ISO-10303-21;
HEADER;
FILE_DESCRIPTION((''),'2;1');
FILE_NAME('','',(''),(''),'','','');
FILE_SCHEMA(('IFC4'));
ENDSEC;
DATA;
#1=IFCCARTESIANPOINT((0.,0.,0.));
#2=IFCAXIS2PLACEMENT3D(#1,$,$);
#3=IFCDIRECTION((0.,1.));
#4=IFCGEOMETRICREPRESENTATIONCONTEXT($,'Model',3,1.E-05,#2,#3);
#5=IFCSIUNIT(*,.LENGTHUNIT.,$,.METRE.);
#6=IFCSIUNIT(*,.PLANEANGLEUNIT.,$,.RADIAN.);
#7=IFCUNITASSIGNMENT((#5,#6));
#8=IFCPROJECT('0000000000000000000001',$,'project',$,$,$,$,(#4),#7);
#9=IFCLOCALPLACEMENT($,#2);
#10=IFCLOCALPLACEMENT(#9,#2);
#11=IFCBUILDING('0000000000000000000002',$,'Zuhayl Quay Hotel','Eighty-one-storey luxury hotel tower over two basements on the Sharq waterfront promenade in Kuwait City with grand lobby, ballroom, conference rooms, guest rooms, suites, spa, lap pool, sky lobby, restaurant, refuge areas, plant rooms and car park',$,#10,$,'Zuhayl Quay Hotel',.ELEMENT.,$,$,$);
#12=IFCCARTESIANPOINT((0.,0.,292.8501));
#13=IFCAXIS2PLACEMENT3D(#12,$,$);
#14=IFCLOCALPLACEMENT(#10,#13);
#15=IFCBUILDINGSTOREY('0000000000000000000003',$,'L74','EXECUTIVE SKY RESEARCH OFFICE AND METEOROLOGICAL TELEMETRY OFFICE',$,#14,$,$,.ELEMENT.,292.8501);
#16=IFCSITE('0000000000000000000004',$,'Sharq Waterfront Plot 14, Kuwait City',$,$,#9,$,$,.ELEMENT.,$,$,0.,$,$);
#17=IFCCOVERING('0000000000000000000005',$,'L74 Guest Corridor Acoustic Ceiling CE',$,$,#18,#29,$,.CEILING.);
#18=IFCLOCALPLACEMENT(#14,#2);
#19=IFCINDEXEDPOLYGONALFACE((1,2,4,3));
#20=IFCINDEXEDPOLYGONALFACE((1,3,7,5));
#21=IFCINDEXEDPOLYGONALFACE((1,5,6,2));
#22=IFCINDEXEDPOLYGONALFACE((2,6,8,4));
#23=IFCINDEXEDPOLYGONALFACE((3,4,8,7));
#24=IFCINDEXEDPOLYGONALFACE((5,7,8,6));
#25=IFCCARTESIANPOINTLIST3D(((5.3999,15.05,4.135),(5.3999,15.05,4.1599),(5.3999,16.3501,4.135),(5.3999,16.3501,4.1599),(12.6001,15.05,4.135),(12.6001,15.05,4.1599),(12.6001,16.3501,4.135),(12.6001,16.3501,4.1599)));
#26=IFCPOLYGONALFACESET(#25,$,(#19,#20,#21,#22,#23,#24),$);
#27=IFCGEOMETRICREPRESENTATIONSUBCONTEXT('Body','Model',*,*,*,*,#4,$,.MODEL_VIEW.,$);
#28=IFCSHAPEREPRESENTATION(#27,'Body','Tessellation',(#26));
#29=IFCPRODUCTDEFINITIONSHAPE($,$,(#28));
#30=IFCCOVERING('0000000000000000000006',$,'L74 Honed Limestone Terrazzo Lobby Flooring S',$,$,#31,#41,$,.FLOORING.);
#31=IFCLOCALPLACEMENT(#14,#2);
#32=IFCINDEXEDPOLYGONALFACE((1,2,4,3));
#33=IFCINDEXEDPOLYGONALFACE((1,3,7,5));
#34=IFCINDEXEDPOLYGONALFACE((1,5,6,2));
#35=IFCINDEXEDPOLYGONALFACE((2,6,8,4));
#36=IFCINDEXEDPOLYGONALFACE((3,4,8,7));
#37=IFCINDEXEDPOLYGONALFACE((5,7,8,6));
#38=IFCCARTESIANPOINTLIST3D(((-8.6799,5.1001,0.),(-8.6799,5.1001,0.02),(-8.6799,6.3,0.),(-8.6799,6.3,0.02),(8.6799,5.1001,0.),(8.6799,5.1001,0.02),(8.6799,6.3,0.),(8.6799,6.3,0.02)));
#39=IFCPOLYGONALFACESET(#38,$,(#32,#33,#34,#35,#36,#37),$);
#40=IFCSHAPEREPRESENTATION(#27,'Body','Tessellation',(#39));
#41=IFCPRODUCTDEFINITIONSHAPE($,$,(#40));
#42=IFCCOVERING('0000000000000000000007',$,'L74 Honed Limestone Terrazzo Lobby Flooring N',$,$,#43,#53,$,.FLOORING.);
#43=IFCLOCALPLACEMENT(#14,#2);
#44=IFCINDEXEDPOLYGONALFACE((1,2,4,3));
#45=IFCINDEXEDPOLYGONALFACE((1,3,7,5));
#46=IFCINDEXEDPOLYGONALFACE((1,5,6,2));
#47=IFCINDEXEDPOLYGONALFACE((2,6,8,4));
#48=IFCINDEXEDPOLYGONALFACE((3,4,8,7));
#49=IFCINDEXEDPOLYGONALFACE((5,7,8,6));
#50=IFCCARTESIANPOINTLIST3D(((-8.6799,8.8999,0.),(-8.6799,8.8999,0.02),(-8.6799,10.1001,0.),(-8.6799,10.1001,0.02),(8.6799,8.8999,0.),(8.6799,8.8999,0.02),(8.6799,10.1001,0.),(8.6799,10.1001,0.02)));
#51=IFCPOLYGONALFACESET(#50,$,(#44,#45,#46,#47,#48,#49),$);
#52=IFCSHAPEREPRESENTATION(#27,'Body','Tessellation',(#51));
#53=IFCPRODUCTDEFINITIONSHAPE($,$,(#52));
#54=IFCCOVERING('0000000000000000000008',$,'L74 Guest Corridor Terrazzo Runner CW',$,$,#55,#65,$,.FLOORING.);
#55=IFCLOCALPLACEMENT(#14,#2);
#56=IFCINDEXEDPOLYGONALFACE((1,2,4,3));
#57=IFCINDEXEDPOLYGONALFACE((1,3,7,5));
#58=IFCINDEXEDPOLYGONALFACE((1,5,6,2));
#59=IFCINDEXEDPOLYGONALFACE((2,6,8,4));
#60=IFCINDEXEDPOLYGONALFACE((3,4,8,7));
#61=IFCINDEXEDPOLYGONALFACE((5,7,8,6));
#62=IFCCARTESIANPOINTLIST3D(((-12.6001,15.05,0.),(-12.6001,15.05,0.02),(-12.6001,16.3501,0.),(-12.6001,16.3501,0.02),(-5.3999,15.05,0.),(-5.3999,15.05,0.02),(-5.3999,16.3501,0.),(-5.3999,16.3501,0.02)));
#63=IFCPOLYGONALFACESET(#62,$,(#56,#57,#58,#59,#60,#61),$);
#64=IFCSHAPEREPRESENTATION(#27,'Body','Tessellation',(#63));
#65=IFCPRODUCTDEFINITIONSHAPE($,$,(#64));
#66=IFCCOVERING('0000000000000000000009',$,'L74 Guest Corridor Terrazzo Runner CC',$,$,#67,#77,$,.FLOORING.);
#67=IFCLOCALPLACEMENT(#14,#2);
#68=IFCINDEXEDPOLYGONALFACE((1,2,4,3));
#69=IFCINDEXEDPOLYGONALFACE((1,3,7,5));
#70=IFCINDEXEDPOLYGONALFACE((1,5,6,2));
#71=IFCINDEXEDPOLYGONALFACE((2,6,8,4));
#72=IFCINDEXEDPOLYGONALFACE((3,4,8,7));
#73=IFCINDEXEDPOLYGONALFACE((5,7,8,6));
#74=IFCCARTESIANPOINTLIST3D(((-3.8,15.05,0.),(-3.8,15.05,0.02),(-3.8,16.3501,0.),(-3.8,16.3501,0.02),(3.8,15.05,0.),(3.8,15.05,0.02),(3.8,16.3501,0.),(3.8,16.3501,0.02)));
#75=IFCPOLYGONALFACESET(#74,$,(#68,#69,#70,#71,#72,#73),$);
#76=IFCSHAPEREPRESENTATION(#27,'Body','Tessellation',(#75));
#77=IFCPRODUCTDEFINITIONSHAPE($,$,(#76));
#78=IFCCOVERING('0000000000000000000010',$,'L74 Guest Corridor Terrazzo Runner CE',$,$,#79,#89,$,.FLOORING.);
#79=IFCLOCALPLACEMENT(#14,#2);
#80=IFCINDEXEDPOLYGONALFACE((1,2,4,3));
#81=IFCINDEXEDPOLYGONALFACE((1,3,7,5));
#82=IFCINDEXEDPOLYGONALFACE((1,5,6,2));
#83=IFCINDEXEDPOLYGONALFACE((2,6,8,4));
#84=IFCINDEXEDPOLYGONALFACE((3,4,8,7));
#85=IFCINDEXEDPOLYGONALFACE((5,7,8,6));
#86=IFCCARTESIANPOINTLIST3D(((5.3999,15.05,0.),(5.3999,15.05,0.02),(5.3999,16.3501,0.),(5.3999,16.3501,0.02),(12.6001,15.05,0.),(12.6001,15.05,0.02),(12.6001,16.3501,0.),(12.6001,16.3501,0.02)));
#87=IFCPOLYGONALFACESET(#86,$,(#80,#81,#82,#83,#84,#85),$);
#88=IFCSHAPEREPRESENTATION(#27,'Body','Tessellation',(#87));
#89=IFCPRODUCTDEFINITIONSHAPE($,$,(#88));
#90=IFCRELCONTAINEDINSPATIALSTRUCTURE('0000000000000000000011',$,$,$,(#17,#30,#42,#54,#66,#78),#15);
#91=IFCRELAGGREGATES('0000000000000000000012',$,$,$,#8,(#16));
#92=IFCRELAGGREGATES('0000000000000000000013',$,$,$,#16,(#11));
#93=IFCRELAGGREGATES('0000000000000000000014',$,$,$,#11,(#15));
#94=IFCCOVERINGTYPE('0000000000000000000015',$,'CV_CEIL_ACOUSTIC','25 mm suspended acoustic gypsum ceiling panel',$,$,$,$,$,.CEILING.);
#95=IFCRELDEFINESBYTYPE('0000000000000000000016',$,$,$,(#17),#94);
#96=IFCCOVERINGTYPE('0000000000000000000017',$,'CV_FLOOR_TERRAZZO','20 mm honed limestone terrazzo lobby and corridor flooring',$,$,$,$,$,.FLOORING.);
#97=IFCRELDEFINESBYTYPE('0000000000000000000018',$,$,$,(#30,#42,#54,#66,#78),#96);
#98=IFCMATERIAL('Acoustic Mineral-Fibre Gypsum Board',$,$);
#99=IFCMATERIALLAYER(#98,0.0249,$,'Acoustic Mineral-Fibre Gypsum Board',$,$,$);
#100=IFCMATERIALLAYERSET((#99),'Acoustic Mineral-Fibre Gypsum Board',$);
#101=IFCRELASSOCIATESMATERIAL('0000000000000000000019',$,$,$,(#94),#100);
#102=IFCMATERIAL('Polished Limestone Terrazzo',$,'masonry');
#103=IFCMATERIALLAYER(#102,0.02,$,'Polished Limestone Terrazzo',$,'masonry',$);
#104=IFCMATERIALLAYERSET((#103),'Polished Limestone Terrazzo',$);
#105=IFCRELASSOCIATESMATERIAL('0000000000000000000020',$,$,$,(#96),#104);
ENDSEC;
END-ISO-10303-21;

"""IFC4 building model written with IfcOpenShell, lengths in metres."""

from ifc_helpers import new_model, si_unit, direction, frame, origin, place, context, subcontext, project, spatial, polyline, outline, extrude, material, layer, layer_set, type_object, element, save


model = new_model("IFC4")

# Units and contexts
model_context = context("Model", 3, precision=1e-05, world=origin(), true_north=direction((0.0, 1.0)))
body_context = subcontext(model_context, "Body", "Model", "MODEL_VIEW")
ifc_project = project(units=[si_unit("LENGTHUNIT", "METRE"), si_unit("PLANEANGLEUNIT", "RADIAN")], contexts=[model_context])

# Site, building, storey
site_placement = place(None, origin())
site = spatial("IfcSite", under=ifc_project, at=site_placement, Name="Sharq Waterfront Plot 14, Kuwait City", CompositionType="ELEMENT", RefElevation=0.0)
building_placement = place(site_placement, origin())
building = spatial("IfcBuilding", under=site, at=building_placement, Name="Zuhayl Quay Hotel", Description="Eighty-one-storey luxury hotel tower over two basements on the Sharq waterfront promenade in Kuwait City with grand lobby, ballroom, conference rooms, guest rooms, suites, spa, lap pool, sky lobby, restaurant, refuge areas, plant rooms and car park", LongName="Zuhayl Quay Hotel", CompositionType="ELEMENT")
storey_placement = place(building_placement, frame((0.0, 0.0, 292.8501)))
storey = spatial("IfcBuildingStorey", under=building, at=storey_placement, Name="L74", Description="EXECUTIVE SKY RESEARCH OFFICE AND METEOROLOGICAL TELEMETRY OFFICE", CompositionType="ELEMENT", Elevation=292.8501)

# Coverings
ifc_material_1 = material(Name="Acoustic Mineral-Fibre Gypsum Board")
ifc_layer_1 = layer(ifc_material_1, 0.0249, Name="Acoustic Mineral-Fibre Gypsum Board")
ifc_layer_set_1 = layer_set([ifc_layer_1], Name="Acoustic Mineral-Fibre Gypsum Board")
covering_type_1 = type_object("IfcCoveringType", Name="CV_CEIL_ACOUSTIC", Description="25 mm suspended acoustic gypsum ceiling panel", PredefinedType="CEILING", material=ifc_layer_set_1)
covering_1_placement = place(storey_placement, frame((0.0, 0.0, 4.135)))
element("IfcCovering", 1, at=covering_1_placement, inside=storey, type_object=covering_type_1, Name="L74 Guest Corridor Acoustic Ceiling CE", PredefinedType="CEILING", context=body_context, shape_type="SweptSolid", body=[
    extrude(outline(polyline([(5.3999, 15.05), (12.6001, 15.05), (12.6001, 16.3501), (5.3999, 16.3501), (5.3999, 15.05)])), origin(), (0.0, 0.0, 1.0), 0.0249),
])
ifc_material_2 = material(Name="Polished Limestone Terrazzo", Category="masonry")
ifc_layer_2 = layer(ifc_material_2, 0.02, Name="Polished Limestone Terrazzo", Category="masonry")
ifc_layer_set_2 = layer_set([ifc_layer_2], Name="Polished Limestone Terrazzo")
covering_type_2 = type_object("IfcCoveringType", Name="CV_FLOOR_TERRAZZO", Description="20 mm honed limestone terrazzo lobby and corridor flooring", PredefinedType="FLOORING", material=ifc_layer_set_2)
covering_2_placement = place(storey_placement, origin())
element("IfcCovering", 2, at=covering_2_placement, inside=storey, type_object=covering_type_2, Name="L74 Honed Limestone Terrazzo Lobby Flooring S", PredefinedType="FLOORING", context=body_context, shape_type="SweptSolid", body=[
    extrude(outline(polyline([(-8.6799, 5.1001), (8.6799, 5.1001), (8.6799, 6.3), (-8.6799, 6.3), (-8.6799, 5.1001)])), origin(), (0.0, 0.0, 1.0), 0.02),
])
covering_3_placement = place(storey_placement, origin())
element("IfcCovering", 3, at=covering_3_placement, inside=storey, type_object=covering_type_2, Name="L74 Honed Limestone Terrazzo Lobby Flooring N", PredefinedType="FLOORING", context=body_context, shape_type="SweptSolid", body=[
    extrude(outline(polyline([(-8.6799, 8.8999), (8.6799, 8.8999), (8.6799, 10.1001), (-8.6799, 10.1001), (-8.6799, 8.8999)])), origin(), (0.0, 0.0, 1.0), 0.02),
])
covering_4_placement = place(storey_placement, origin())
element("IfcCovering", 4, at=covering_4_placement, inside=storey, type_object=covering_type_2, Name="L74 Guest Corridor Terrazzo Runner CW", PredefinedType="FLOORING", context=body_context, shape_type="SweptSolid", body=[
    extrude(outline(polyline([(-12.6001, 15.05), (-5.3999, 15.05), (-5.3999, 16.3501), (-12.6001, 16.3501), (-12.6001, 15.05)])), origin(), (0.0, 0.0, 1.0), 0.02),
])
covering_5_placement = place(storey_placement, origin())
element("IfcCovering", 5, at=covering_5_placement, inside=storey, type_object=covering_type_2, Name="L74 Guest Corridor Terrazzo Runner CC", PredefinedType="FLOORING", context=body_context, shape_type="SweptSolid", body=[
    extrude(outline(polyline([(-3.8, 15.05), (3.8, 15.05), (3.8, 16.3501), (-3.8, 16.3501), (-3.8, 15.05)])), origin(), (0.0, 0.0, 1.0), 0.02),
])
covering_6_placement = place(storey_placement, origin())
element("IfcCovering", 6, at=covering_6_placement, inside=storey, type_object=covering_type_2, Name="L74 Guest Corridor Terrazzo Runner CE", PredefinedType="FLOORING", context=body_context, shape_type="SweptSolid", body=[
    extrude(outline(polyline([(5.3999, 15.05), (12.6001, 15.05), (12.6001, 16.3501), (5.3999, 16.3501), (5.3999, 15.05)])), origin(), (0.0, 0.0, 1.0), 0.02),
])

save(model, "model.ifc")
